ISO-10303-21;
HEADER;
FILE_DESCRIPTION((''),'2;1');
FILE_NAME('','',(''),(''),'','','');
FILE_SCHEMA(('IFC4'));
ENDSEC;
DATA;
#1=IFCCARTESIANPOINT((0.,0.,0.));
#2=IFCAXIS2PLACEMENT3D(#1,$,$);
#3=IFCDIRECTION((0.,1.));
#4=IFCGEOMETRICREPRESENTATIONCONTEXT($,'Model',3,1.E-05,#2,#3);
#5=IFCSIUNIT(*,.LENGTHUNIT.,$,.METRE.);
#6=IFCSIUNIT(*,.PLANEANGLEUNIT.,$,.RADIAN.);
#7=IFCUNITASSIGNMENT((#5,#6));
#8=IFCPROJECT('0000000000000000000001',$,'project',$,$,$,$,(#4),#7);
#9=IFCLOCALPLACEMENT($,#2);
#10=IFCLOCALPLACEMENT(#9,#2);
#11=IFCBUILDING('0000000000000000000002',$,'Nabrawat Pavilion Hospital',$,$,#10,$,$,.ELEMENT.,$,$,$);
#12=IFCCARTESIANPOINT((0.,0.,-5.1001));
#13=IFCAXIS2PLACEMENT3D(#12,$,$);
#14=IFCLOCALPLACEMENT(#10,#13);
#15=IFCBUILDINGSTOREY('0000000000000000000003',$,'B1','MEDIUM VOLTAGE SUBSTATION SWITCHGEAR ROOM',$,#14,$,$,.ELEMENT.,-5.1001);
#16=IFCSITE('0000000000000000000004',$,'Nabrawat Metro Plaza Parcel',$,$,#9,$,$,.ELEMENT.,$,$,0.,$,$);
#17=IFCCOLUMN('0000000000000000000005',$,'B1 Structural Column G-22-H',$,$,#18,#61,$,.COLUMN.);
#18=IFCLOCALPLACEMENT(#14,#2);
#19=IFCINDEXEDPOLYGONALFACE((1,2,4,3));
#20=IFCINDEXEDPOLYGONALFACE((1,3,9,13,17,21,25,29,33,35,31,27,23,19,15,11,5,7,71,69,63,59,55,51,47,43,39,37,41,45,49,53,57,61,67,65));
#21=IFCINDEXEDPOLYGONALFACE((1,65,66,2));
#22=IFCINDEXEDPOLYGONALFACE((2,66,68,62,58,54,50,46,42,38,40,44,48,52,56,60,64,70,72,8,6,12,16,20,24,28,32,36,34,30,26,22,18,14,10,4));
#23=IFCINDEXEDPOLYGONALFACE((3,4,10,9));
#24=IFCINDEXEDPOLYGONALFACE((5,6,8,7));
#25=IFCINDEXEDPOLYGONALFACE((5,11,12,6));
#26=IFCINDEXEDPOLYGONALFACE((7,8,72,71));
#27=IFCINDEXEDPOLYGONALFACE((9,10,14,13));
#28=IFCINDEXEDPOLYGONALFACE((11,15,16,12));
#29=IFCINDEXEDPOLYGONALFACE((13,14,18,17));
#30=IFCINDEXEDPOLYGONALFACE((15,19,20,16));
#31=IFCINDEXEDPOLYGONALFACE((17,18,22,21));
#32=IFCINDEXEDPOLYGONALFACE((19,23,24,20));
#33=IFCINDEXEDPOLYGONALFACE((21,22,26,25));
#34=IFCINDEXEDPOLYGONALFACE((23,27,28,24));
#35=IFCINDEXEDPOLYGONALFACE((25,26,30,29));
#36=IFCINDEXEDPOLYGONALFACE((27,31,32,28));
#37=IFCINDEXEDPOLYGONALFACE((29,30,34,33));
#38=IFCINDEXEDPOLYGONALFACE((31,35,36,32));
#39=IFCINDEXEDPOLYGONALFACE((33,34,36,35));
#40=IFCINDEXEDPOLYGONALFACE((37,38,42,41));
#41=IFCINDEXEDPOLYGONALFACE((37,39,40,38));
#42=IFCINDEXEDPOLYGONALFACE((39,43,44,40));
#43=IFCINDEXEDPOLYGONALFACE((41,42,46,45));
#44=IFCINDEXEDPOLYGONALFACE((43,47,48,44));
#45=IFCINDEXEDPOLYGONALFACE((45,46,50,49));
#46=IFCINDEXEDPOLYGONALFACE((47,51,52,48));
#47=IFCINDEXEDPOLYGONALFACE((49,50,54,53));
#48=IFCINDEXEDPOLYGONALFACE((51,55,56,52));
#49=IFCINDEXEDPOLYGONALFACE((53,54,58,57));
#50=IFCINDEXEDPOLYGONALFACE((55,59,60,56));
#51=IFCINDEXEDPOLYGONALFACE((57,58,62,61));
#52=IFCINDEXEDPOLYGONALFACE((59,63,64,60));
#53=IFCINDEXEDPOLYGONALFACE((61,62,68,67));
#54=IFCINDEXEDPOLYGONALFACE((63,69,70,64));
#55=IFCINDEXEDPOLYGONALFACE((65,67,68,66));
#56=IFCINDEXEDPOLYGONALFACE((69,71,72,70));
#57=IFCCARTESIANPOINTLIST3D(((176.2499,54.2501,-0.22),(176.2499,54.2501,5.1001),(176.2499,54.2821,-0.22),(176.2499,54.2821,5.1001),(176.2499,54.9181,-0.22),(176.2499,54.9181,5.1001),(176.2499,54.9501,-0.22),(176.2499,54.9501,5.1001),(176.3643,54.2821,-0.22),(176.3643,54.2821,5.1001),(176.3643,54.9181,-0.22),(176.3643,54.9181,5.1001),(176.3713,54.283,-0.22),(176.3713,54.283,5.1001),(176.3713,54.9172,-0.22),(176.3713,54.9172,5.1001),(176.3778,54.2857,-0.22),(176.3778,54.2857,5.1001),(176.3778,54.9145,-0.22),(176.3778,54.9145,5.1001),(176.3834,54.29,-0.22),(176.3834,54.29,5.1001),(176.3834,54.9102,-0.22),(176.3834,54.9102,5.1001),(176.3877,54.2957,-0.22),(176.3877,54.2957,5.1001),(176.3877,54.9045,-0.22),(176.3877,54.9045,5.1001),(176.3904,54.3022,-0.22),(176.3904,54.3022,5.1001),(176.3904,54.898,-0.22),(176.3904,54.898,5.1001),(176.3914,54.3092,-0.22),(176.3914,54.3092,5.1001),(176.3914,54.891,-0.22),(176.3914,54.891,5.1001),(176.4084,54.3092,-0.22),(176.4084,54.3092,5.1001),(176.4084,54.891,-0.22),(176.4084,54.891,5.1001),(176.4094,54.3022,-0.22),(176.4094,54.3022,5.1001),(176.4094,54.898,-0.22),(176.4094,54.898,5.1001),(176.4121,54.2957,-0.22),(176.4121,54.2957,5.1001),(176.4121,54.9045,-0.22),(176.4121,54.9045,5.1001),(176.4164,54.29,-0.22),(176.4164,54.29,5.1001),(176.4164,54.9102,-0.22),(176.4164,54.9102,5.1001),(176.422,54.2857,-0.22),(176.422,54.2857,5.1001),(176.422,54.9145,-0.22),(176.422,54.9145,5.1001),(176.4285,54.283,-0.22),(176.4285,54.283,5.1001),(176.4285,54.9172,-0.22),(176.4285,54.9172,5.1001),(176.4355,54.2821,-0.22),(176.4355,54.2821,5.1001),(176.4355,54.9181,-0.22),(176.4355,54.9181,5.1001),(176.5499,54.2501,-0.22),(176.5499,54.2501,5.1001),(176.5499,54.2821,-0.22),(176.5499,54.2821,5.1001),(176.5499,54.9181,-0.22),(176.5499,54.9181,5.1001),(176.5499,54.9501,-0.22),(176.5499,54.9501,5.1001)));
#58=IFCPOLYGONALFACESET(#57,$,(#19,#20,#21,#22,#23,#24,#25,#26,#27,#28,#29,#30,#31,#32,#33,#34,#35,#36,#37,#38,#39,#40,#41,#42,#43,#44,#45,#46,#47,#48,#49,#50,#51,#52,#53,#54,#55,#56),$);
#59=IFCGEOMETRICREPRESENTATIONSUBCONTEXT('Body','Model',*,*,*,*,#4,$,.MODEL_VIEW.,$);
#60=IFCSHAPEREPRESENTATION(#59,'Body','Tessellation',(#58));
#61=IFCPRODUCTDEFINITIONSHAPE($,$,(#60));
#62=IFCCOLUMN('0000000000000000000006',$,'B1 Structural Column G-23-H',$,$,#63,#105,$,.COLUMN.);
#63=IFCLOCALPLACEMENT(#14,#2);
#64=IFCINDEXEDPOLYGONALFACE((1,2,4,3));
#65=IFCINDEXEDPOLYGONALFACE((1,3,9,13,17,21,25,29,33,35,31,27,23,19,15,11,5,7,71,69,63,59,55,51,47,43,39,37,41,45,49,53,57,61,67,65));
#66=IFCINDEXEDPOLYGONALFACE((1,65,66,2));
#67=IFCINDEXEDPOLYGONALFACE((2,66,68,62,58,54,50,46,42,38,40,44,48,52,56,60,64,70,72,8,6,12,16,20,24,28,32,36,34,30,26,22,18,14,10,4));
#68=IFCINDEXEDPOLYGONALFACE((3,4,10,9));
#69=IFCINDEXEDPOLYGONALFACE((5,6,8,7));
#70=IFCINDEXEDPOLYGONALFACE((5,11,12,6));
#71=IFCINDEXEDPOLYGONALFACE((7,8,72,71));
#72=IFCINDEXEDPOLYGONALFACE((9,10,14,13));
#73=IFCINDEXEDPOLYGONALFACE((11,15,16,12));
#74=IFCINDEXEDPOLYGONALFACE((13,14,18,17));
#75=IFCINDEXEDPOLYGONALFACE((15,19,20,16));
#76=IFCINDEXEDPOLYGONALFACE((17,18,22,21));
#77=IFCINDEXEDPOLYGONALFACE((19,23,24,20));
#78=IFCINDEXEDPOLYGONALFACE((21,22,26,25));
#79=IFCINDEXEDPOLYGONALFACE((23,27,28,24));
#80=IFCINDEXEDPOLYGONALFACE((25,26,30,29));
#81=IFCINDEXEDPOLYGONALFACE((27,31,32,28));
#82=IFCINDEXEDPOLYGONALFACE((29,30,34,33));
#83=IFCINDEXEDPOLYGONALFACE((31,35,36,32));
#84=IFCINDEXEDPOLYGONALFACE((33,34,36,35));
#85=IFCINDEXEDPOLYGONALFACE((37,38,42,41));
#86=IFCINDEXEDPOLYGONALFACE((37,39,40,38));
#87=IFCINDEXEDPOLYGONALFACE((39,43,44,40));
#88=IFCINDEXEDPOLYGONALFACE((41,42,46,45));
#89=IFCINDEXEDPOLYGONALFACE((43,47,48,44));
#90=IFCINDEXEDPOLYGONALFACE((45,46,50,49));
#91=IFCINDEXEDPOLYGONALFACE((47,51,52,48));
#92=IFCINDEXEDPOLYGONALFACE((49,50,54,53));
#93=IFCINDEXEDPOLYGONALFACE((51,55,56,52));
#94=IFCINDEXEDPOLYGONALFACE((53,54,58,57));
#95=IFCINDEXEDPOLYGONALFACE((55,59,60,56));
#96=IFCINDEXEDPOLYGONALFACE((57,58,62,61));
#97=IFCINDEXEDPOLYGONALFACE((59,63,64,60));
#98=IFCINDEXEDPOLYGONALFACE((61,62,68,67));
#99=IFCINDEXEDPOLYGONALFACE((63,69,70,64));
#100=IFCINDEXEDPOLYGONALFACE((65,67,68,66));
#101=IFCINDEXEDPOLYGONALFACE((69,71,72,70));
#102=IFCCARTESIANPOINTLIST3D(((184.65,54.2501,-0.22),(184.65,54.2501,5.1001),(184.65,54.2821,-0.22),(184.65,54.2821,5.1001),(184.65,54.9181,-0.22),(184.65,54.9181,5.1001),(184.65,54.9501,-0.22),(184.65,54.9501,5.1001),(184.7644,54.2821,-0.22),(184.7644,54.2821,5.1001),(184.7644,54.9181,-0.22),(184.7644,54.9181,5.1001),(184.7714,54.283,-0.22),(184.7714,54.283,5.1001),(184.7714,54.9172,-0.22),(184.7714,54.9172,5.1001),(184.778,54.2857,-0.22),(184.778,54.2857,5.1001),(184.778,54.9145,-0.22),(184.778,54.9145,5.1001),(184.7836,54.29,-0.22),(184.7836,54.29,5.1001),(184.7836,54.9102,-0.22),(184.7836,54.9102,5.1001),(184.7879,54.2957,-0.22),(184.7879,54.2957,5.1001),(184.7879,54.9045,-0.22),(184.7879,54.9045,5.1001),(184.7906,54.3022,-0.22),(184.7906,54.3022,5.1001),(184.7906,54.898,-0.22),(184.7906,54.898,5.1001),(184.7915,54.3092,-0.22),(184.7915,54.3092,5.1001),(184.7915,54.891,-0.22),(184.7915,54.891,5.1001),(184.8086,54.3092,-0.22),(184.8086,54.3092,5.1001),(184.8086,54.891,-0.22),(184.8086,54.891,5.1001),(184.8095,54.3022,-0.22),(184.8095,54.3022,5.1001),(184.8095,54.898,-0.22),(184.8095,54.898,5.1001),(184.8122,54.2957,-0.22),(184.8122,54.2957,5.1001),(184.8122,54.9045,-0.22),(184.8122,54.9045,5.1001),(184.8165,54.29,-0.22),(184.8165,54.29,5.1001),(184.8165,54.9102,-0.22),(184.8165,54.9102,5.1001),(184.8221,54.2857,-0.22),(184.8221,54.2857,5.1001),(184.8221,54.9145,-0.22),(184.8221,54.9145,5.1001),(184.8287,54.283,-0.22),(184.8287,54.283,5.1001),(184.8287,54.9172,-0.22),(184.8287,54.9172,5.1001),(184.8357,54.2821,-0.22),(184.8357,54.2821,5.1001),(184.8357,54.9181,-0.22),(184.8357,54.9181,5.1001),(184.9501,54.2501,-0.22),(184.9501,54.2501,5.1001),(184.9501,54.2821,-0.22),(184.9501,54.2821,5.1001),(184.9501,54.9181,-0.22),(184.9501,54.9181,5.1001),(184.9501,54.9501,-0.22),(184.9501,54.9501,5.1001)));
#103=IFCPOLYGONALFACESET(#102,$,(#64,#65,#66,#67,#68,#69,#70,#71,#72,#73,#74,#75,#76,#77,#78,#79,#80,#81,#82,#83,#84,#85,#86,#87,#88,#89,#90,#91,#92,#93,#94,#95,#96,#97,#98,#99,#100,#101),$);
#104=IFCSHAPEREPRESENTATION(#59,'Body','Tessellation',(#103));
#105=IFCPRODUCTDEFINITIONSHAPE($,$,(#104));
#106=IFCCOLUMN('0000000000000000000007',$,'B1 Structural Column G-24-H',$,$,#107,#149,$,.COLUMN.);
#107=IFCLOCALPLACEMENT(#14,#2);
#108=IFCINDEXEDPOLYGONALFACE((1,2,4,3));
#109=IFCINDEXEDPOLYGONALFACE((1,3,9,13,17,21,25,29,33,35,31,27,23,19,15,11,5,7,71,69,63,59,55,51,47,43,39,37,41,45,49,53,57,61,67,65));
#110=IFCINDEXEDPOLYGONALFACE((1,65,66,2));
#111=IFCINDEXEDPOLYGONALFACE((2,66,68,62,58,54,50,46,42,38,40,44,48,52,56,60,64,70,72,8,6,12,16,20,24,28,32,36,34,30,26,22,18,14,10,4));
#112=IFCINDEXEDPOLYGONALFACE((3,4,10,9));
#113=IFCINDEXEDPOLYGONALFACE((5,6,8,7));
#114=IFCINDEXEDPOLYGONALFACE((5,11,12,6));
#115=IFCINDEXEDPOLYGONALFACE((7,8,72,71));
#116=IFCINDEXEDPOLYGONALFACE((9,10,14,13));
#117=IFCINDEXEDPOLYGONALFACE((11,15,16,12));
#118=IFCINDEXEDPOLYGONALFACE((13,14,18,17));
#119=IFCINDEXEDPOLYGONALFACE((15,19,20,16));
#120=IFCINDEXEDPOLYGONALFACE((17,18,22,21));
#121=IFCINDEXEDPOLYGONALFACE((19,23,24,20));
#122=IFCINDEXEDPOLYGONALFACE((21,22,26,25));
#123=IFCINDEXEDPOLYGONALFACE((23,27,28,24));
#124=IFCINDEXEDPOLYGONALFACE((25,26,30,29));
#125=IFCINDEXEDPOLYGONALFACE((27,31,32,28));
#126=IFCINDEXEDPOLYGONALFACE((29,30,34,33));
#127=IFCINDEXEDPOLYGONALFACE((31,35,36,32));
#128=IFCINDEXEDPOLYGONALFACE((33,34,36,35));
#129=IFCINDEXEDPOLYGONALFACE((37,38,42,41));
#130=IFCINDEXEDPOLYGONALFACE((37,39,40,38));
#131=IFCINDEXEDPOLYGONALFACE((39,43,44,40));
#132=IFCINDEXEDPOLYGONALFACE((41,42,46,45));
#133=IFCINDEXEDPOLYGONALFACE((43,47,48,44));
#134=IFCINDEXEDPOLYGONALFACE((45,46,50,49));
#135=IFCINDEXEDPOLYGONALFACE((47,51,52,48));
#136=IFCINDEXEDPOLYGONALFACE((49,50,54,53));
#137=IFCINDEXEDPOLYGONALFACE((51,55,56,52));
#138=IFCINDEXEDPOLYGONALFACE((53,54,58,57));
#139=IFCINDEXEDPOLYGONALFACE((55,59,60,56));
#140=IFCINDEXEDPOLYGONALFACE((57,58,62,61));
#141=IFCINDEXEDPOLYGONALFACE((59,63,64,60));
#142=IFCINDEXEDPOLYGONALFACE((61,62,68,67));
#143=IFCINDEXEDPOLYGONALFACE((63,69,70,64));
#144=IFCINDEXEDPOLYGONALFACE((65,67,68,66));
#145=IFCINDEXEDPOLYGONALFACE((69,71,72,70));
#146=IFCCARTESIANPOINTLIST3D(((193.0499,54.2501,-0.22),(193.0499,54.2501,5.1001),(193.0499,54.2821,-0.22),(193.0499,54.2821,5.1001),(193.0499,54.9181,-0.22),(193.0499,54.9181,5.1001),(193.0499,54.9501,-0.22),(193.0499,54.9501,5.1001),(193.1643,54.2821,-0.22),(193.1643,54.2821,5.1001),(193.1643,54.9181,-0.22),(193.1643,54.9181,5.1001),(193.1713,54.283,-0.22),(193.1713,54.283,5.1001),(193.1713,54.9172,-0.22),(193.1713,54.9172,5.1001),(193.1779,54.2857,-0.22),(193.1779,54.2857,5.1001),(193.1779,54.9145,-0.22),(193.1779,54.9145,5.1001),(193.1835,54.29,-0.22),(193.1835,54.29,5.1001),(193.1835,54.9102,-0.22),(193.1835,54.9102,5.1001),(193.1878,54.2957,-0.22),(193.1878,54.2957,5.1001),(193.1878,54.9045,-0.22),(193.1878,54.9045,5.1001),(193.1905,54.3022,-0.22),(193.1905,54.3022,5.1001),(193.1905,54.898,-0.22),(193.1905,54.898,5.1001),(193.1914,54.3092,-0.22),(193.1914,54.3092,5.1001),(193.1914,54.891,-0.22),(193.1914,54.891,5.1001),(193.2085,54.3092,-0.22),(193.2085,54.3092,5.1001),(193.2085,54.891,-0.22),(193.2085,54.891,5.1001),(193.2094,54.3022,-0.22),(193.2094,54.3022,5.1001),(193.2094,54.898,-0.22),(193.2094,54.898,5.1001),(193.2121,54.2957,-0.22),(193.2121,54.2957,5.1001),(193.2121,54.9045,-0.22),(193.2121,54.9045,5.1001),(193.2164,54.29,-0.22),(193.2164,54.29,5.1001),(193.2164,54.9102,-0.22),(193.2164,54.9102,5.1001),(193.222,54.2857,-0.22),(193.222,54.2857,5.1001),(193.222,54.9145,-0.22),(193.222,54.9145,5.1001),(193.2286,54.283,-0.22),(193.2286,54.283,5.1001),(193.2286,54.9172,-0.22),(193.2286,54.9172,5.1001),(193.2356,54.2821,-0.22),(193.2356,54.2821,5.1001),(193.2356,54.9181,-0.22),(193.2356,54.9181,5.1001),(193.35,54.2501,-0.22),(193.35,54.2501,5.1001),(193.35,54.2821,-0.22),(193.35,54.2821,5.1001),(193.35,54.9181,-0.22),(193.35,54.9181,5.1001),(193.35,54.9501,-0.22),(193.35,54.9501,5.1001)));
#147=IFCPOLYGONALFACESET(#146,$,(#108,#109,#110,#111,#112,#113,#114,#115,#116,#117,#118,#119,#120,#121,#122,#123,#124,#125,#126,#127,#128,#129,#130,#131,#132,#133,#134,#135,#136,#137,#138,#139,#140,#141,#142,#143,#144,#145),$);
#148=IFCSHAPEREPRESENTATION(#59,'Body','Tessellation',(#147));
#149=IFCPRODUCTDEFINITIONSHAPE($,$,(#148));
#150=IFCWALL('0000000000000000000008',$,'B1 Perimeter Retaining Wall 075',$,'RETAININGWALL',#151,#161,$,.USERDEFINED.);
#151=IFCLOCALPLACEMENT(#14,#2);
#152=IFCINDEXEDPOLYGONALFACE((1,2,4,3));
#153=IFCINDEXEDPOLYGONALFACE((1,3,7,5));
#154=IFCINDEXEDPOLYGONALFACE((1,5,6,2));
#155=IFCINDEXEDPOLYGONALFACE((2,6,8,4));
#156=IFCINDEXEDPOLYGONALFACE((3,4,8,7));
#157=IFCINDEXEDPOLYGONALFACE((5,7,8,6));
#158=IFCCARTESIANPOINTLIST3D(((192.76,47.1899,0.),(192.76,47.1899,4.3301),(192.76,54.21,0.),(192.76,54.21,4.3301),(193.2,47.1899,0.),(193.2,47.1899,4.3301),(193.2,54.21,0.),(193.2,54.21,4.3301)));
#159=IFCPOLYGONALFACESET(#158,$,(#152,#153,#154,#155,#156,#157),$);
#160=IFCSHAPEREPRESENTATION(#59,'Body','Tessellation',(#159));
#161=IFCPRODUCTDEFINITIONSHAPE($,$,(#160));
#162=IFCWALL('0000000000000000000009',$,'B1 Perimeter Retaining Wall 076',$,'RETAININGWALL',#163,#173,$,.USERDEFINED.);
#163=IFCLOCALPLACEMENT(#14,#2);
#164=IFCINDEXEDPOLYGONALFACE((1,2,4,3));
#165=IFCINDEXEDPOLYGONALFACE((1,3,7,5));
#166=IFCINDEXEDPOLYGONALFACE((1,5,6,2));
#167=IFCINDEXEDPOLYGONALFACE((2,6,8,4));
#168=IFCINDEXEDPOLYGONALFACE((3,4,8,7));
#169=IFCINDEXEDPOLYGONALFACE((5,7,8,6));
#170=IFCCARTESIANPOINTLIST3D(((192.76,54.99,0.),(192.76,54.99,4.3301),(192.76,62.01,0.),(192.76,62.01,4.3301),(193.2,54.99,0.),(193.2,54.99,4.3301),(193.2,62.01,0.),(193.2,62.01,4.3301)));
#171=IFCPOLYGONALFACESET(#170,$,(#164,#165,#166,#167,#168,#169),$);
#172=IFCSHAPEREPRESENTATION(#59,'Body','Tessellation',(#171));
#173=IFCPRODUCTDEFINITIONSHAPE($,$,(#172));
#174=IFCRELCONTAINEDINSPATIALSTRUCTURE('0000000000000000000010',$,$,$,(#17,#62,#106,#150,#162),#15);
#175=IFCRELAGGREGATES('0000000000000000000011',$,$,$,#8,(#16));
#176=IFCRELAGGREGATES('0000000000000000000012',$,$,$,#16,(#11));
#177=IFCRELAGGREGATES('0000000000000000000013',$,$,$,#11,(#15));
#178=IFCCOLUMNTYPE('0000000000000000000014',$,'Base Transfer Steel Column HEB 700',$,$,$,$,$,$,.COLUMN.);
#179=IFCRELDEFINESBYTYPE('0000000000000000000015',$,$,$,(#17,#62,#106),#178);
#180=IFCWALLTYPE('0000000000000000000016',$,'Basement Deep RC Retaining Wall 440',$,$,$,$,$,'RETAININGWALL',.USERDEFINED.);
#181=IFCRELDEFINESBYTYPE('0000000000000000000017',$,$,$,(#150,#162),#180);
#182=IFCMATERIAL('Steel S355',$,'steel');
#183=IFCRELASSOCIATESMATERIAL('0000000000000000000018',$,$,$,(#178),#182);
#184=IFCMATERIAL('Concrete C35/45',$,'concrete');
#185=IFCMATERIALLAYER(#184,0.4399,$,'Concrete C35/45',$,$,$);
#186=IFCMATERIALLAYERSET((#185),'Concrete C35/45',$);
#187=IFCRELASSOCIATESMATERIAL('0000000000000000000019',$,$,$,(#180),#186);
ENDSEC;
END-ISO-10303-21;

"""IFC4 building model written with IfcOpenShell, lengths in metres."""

from ifc_helpers import new_model, si_unit, direction, frame, frame_2d, origin, origin_2d, place, context, subcontext, project, spatial, rectangle, i_section, extrude, material, layer, layer_set, material_profile, profile_set, type_object, element, save


model = new_model("IFC4")

# Units and contexts
model_context = context("Model", 3, precision=1e-05, world=origin(), true_north=direction((0.0, 1.0)))
body_context = subcontext(model_context, "Body", "Model", "MODEL_VIEW")
ifc_project = project(units=[si_unit("LENGTHUNIT", "METRE"), si_unit("PLANEANGLEUNIT", "RADIAN")], contexts=[model_context])

# Site, building, storey
site_placement = place(None, origin())
site = spatial("IfcSite", under=ifc_project, at=site_placement, Name="Nabrawat Metro Plaza Parcel", CompositionType="ELEMENT", RefElevation=0.0)
building_placement = place(site_placement, origin())
building = spatial("IfcBuilding", under=site, at=building_placement, Name="Nabrawat Pavilion Hospital", CompositionType="ELEMENT")
storey_placement = place(building_placement, frame((0.0, 0.0, -5.1001)))
storey = spatial("IfcBuildingStorey", under=building, at=storey_placement, Name="B1", Description="MEDIUM VOLTAGE SUBSTATION SWITCHGEAR ROOM", CompositionType="ELEMENT", Elevation=-5.1001)

# Shared definitions
ifc_material_1 = material(Name="Concrete C35/45", Category="concrete")

# Columns
ifc_material_2 = material(Name="Steel S355", Category="steel")
ifc_material_profile_1 = material_profile(ifc_material_2, i_section(OverallWidth=0.3, OverallDepth=0.7, WebThickness=0.0171, FlangeThickness=0.032, FilletRadius=0.0271, at=origin_2d()), Name="HEB 700")
ifc_profile_set_1 = profile_set([ifc_material_profile_1], Name="Steel S355")
column_type = type_object("IfcColumnType", Name="Base Transfer Steel Column HEB 700", PredefinedType="COLUMN", material=ifc_profile_set_1)
for number, where, z_axis, x_axis, name in (
    (1, (176.3999, 54.6001, -0.22), (0.0, 0.0, 1.0), (1.0, 0.0, 0.0), "B1 Structural Column G-22-H"),
    (2, (184.8, 54.6001, -0.22), (0.0, 0.0, 1.0), (1.0, 0.0, 0.0), "B1 Structural Column G-23-H"),
    (3, (193.2, 54.6001, -0.22), (0.0, 0.0, 1.0), (1.0, 0.0, 0.0), "B1 Structural Column G-24-H"),
):
    element("IfcColumn", number, at=place(storey_placement, frame(where, z_axis=z_axis, x_axis=x_axis)), inside=storey, type_object=column_type, Name=name, PredefinedType="COLUMN", context=body_context, shape_type="SweptSolid", body=[
        extrude(i_section(OverallWidth=0.3, OverallDepth=0.7, WebThickness=0.0171, FlangeThickness=0.032, FilletRadius=0.0271, at=origin_2d()), origin(), (0.0, 0.0, 1.0), 5.3201),
    ])

# Walls
ifc_layer_1 = layer(ifc_material_1, 0.4399, Name="Concrete C35/45")
ifc_layer_set_1 = layer_set([ifc_layer_1], Name="Concrete C35/45")
wall_type_1 = type_object("IfcWallType", Name="Basement Deep RC Retaining Wall 440", ElementType="RETAININGWALL", PredefinedType="USERDEFINED", material=ifc_layer_set_1)
for number, where, z_axis, x_axis, name in (
    (4, (192.98, 47.1899, 0.0), (0.0, 0.0, 1.0), (0.0, 1.0, 0.0), "B1 Perimeter Retaining Wall 075"),
    (5, (192.98, 54.99, 0.0), (0.0, 0.0, 1.0), (0.0, 1.0, 0.0), "B1 Perimeter Retaining Wall 076"),
):
    element("IfcWall", number, at=place(storey_placement, frame(where, z_axis=z_axis, x_axis=x_axis)), inside=storey, type_object=wall_type_1, Name=name, ObjectType="RETAININGWALL", PredefinedType="USERDEFINED", context=body_context, shape_type="SweptSolid", body=[
        extrude(rectangle(XDim=7.02, YDim=0.4399, at=frame_2d((3.51, 0.0))), origin(), (0.0, 0.0, 1.0), 4.3301),
    ])

save(model, "model.ifc")
